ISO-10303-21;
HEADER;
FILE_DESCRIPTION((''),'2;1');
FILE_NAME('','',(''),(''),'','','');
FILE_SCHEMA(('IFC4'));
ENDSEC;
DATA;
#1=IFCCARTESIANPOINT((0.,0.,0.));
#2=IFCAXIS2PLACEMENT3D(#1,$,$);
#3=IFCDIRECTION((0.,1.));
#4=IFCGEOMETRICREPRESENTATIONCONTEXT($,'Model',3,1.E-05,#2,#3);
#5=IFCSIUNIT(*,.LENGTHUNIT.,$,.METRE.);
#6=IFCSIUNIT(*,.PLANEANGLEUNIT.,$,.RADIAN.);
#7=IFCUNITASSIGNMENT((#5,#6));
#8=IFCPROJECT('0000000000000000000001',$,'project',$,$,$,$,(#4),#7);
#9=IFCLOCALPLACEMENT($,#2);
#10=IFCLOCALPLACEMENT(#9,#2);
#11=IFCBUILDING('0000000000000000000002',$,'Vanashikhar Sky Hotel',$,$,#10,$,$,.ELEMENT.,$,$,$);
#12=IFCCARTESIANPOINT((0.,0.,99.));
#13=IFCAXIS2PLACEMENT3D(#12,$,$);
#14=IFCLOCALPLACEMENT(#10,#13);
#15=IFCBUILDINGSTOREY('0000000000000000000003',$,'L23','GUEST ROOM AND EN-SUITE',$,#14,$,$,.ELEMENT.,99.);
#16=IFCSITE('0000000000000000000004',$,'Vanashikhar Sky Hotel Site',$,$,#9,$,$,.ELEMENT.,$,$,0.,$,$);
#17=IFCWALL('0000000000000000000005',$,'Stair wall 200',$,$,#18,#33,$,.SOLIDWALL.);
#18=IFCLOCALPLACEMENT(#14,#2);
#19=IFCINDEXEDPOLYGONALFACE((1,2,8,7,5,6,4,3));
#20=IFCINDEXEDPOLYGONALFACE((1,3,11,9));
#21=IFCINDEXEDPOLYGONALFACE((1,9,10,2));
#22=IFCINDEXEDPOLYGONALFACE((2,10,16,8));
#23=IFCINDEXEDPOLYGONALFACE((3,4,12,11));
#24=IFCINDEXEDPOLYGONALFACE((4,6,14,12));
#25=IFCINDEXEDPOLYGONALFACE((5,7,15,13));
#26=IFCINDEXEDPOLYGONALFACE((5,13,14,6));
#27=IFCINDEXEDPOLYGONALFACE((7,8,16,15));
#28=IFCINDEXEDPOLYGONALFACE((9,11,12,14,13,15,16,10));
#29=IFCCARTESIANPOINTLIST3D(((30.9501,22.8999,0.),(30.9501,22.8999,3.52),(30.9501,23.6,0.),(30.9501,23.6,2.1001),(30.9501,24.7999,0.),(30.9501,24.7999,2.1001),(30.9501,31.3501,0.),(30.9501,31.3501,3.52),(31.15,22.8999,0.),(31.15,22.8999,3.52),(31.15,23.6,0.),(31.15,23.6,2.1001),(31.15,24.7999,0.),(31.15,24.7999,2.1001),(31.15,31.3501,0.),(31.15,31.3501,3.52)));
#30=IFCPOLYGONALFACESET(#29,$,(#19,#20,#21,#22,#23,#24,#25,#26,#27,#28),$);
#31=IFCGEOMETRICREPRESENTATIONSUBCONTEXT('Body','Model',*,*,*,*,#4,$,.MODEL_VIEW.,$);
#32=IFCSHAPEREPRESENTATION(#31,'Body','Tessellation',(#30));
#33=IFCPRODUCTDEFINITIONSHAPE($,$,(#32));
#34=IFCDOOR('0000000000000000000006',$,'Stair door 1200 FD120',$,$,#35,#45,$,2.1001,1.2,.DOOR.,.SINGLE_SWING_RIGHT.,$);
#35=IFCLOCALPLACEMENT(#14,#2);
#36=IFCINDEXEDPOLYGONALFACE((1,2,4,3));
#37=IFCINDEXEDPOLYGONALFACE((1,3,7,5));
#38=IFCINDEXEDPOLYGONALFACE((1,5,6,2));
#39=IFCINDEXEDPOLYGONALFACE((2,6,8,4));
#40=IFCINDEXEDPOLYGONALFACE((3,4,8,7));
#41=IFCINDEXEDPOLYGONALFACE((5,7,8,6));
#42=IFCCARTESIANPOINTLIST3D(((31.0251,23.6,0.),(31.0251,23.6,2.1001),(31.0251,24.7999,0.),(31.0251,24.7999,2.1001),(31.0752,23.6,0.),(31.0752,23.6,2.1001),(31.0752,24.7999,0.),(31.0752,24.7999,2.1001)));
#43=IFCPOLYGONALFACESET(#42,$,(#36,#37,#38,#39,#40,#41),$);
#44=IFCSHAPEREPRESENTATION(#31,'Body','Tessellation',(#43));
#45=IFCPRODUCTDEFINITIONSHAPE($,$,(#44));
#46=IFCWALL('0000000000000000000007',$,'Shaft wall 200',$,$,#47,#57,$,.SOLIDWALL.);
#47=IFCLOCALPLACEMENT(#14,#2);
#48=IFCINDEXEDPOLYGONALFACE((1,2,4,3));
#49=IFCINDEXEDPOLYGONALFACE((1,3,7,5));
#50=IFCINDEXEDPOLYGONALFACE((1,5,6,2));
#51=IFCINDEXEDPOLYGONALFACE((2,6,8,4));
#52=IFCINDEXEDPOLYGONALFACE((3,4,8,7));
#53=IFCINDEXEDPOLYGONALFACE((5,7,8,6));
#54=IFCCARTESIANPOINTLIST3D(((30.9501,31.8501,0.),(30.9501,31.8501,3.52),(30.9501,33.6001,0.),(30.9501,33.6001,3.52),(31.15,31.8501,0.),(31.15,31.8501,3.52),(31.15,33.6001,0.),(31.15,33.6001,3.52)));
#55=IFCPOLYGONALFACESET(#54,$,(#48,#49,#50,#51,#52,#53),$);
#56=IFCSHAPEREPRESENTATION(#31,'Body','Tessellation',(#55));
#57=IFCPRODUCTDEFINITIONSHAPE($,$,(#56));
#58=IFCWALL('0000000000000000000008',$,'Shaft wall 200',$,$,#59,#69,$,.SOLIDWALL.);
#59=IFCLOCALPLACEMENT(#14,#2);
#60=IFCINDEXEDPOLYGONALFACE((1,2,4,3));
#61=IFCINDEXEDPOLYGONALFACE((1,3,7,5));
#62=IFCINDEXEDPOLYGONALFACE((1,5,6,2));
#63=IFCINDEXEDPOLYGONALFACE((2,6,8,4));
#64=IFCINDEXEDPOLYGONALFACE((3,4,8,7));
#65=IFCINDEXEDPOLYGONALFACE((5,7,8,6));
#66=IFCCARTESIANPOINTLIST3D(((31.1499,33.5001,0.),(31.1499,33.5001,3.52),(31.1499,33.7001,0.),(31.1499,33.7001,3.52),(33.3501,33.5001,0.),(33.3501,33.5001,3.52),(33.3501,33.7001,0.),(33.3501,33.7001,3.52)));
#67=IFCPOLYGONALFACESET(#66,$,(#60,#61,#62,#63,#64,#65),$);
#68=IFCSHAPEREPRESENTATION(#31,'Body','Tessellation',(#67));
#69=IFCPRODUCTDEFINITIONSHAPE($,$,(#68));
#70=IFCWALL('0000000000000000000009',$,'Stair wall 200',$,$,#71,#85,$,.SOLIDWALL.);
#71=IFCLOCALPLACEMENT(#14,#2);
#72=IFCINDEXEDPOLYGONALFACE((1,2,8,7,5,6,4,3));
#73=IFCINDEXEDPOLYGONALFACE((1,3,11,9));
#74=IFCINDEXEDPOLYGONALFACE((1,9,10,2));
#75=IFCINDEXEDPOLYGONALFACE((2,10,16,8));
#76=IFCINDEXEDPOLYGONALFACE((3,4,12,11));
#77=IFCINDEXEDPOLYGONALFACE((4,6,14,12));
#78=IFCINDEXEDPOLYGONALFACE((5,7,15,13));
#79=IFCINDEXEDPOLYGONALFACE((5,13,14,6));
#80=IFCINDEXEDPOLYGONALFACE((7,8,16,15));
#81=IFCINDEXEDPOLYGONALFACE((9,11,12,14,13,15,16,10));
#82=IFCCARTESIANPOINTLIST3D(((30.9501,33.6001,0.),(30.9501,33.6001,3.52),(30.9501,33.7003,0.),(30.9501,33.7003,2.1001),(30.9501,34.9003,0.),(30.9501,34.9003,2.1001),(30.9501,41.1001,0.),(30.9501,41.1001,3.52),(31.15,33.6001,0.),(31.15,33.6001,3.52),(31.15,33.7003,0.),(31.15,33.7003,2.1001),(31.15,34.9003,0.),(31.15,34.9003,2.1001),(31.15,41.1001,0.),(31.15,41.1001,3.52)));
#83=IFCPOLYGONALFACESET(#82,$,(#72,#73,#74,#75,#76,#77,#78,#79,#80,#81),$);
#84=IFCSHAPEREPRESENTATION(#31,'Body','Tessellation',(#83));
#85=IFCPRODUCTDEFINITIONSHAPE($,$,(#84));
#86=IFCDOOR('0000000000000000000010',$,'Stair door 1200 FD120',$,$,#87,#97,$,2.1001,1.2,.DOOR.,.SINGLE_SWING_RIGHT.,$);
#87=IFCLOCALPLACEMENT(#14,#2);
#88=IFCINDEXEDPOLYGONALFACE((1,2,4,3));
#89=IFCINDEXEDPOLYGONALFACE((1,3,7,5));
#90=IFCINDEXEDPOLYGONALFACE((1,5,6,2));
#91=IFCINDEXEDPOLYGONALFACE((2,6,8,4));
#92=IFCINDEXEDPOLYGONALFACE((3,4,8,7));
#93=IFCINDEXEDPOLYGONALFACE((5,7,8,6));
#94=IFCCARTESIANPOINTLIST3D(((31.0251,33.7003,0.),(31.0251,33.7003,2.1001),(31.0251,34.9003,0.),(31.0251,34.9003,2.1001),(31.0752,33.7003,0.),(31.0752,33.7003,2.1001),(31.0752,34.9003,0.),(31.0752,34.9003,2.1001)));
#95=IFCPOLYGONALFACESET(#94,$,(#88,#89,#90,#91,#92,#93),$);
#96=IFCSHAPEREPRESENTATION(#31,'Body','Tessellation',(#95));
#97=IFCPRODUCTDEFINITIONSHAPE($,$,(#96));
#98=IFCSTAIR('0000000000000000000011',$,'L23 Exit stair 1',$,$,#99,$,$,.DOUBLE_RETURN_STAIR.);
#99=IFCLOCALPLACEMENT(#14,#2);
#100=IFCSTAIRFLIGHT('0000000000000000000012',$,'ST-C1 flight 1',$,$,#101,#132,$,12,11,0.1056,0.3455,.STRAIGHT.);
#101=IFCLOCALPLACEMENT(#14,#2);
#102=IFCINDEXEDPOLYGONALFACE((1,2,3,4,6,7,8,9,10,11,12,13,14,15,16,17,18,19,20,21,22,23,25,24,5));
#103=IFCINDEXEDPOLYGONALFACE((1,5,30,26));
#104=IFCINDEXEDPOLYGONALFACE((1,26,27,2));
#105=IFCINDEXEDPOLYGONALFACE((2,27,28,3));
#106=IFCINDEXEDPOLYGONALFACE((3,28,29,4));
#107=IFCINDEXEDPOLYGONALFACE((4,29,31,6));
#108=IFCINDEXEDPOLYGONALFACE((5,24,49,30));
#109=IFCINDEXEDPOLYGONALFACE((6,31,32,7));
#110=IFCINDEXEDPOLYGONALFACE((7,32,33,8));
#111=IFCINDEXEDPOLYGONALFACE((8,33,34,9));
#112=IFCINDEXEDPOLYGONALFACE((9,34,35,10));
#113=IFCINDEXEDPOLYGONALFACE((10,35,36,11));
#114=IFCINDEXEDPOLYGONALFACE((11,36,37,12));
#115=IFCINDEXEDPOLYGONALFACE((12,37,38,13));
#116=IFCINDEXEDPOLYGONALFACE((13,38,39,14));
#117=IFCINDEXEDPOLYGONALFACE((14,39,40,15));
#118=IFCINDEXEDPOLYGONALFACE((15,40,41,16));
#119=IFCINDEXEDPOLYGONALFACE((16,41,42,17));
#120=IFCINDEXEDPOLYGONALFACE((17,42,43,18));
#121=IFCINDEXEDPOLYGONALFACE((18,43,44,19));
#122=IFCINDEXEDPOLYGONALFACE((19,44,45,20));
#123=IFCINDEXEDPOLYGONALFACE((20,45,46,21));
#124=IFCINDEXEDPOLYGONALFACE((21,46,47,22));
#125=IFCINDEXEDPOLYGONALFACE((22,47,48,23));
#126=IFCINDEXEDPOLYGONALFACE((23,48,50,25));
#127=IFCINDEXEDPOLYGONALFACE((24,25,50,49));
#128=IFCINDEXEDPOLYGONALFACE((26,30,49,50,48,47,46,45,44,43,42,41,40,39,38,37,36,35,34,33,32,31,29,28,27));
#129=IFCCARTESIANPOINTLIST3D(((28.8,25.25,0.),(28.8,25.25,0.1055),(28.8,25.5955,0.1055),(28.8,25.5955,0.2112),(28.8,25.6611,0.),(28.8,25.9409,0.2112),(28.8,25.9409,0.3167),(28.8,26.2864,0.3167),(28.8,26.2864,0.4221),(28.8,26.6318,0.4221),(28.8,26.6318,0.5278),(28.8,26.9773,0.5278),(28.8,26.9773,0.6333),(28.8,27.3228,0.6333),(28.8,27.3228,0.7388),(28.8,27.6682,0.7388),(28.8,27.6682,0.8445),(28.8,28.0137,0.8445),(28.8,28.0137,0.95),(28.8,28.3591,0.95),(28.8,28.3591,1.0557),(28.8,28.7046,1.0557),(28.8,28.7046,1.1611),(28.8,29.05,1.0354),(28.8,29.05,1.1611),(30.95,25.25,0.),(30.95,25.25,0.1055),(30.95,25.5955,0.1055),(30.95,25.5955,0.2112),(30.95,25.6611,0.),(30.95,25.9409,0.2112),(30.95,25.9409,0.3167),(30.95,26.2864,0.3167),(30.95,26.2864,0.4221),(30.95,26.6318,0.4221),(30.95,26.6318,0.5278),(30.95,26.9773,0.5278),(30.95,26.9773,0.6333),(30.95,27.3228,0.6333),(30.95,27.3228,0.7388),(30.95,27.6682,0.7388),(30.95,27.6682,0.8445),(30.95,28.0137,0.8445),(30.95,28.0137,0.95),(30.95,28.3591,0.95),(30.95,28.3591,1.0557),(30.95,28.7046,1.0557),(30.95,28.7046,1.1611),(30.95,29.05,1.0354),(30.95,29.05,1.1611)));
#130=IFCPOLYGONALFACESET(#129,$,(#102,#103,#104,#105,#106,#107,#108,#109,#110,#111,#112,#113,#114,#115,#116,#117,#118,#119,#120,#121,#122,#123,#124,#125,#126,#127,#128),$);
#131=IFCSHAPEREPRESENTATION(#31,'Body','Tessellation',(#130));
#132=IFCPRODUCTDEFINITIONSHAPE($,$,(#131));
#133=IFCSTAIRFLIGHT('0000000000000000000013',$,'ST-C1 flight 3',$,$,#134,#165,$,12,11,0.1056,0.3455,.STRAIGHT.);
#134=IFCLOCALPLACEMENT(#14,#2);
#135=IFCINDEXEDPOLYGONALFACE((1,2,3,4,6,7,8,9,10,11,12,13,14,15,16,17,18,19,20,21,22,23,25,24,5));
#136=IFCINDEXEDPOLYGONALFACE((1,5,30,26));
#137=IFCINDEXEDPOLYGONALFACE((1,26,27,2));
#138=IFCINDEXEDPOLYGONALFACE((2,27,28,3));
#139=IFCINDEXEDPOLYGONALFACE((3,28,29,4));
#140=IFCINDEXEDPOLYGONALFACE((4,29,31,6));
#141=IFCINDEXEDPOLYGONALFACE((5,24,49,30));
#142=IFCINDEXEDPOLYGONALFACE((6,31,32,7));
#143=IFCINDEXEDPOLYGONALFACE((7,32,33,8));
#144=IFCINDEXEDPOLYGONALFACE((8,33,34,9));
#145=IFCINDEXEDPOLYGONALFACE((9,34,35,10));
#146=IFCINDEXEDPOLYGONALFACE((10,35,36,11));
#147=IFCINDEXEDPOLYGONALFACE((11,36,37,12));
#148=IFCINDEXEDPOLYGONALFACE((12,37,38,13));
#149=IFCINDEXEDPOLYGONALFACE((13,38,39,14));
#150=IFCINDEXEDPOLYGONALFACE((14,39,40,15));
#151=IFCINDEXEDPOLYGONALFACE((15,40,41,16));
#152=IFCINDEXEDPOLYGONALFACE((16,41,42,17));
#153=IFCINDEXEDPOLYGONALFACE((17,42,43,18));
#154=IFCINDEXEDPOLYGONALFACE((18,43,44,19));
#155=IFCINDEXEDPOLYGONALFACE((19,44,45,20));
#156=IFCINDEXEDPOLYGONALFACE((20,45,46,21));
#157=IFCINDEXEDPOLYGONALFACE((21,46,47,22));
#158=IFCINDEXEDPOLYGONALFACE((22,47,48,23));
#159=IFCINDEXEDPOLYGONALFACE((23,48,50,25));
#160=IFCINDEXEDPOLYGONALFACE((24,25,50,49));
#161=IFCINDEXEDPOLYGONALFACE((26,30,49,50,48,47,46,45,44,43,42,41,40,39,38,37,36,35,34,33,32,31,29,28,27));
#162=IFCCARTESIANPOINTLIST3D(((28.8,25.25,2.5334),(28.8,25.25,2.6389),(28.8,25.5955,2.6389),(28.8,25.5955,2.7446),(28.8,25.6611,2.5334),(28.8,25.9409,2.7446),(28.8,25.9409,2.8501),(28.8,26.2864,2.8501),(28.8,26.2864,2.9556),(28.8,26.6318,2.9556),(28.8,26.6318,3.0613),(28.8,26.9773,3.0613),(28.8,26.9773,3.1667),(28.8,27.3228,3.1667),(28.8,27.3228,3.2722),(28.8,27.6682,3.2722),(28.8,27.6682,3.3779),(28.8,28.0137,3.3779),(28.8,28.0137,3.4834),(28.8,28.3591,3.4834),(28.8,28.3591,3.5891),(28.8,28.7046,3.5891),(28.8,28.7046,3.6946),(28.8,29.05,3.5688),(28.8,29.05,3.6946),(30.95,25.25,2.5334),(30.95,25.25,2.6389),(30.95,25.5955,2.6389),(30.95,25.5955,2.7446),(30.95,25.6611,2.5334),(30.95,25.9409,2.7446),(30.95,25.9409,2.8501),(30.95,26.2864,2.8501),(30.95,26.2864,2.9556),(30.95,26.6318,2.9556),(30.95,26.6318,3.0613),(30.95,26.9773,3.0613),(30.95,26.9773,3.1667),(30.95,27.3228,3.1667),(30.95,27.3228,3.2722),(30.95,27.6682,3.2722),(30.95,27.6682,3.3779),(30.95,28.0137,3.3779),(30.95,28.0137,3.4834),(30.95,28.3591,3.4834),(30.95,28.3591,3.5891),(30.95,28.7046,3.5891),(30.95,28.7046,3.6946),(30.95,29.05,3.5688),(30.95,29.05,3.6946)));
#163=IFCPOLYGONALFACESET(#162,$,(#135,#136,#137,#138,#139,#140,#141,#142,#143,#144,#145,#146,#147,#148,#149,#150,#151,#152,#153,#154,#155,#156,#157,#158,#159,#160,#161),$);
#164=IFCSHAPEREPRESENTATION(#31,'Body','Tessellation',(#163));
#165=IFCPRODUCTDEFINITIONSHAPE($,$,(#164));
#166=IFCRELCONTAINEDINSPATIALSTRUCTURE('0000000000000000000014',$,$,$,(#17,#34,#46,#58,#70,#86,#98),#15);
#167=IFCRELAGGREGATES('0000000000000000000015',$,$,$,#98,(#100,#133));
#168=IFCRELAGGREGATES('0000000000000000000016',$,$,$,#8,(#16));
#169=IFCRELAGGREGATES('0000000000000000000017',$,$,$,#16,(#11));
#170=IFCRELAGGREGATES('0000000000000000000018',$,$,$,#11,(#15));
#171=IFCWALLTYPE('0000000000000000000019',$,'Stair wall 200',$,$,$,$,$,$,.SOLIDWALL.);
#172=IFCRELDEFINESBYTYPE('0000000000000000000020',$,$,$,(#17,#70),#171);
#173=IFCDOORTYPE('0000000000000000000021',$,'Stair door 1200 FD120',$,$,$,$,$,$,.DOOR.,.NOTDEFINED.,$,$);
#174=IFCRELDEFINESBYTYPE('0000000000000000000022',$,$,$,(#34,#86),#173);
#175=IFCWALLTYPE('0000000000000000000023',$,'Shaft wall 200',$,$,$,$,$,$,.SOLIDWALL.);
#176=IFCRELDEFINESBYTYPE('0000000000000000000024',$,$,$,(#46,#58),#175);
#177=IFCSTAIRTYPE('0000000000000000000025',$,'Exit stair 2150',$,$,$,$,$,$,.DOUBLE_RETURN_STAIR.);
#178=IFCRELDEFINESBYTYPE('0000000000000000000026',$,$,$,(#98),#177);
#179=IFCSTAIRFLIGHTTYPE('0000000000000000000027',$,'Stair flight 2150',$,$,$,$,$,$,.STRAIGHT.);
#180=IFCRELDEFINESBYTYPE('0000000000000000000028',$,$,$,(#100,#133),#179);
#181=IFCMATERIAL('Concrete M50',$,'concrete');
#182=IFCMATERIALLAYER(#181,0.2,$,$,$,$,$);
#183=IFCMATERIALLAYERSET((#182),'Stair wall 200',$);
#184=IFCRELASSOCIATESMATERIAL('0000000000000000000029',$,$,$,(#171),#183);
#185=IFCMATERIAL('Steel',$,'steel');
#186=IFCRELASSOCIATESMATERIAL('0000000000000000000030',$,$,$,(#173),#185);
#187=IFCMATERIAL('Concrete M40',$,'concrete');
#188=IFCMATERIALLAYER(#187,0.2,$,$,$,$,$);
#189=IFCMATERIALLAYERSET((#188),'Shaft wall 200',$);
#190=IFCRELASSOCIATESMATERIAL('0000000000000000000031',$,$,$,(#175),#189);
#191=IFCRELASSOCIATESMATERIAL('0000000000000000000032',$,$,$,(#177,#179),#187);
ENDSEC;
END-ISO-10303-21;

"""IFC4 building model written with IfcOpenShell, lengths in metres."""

from ifc_helpers import new_model, si_unit, direction, frame, frame_2d, origin, place, context, subcontext, project, spatial, polyline, rectangle, outline, extrude, source, transform, mapped, material, layer, layer_set, type_object, element, fill, aggregate, save


model = new_model("IFC4")

# Units and contexts
model_context = context("Model", 3, precision=1e-05, world=origin(), true_north=direction((0.0, 1.0)))
body_context = subcontext(model_context, "Body", "Model", "MODEL_VIEW")
ifc_project = project(units=[si_unit("LENGTHUNIT", "METRE"), si_unit("PLANEANGLEUNIT", "RADIAN")], contexts=[model_context])

# Site, building, storey
site_placement = place(None, origin())
site = spatial("IfcSite", under=ifc_project, at=site_placement, Name="Vanashikhar Sky Hotel Site", CompositionType="ELEMENT", RefElevation=0.0)
building_placement = place(site_placement, origin())
building = spatial("IfcBuilding", under=site, at=building_placement, Name="Vanashikhar Sky Hotel", CompositionType="ELEMENT")
storey_placement = place(building_placement, frame((0.0, 0.0, 99.0)))
storey = spatial("IfcBuildingStorey", under=building, at=storey_placement, Name="L23", Description="GUEST ROOM AND EN-SUITE", CompositionType="ELEMENT", Elevation=99.0)

# Wall, opening, door
ifc_material_1 = material(Name="Concrete M50", Category="concrete")
ifc_layer_1 = layer(ifc_material_1, 0.2)
ifc_layer_set_1 = layer_set([ifc_layer_1], Name="Stair wall 200")
wall_type_1 = type_object("IfcWallType", Name="Stair wall 200", PredefinedType="SOLIDWALL", material=ifc_layer_set_1)
shared_shape_1 = source(origin(), body_context, "Body", "SweptSolid", [
    extrude(rectangle(XDim=8.4502, YDim=0.2, at=frame_2d((4.2251, 0.0))), origin(), (0.0, 0.0, 1.0), 3.52),
])
wall_1_placement = place(storey_placement, frame((31.05, 22.8999, 0.0), z_axis=(0.0, 0.0, 1.0), x_axis=(0.0, 1.0, 0.0)))
wall_1 = element("IfcWall", 1, at=wall_1_placement, inside=storey, type_object=wall_type_1, Name="Stair wall 200", PredefinedType="SOLIDWALL", context=body_context, shape_type="MappedRepresentation", body=[
    mapped(shared_shape_1, transform((0.0, 0.0, 0.0), scale=1.0)),
])
shared_shape_2 = source(origin(), body_context, "Body", "SweptSolid", [
    extrude(rectangle(XDim=1.2, YDim=2.1001, at=frame_2d((0.6001, 1.05))), frame((0.0, 0.1099, 0.0), z_axis=(0.0, -1.0, 0.0), x_axis=(1.0, 0.0, 0.0)), (0.0, 0.0, 1.0), 0.22),
])
opening_1_placement = place(wall_1_placement, frame((0.7, 0.0, 0.0)))
opening_1 = element("IfcOpeningElement", 2, at=opening_1_placement, cuts=wall_1, PredefinedType="OPENING", context=body_context, shape_type="MappedRepresentation", body=[
    mapped(shared_shape_2, transform((0.0, 0.0, 0.0), scale=1.0)),
])
ifc_material_2 = material(Name="Steel", Category="steel")
door_type = type_object("IfcDoorType", Name="Stair door 1200 FD120", OperationType="NOTDEFINED", PredefinedType="DOOR", material=ifc_material_2)
shared_shape_3 = source(origin(), body_context, "Body", "SweptSolid", [
    extrude(rectangle(XDim=1.2, YDim=2.1001, at=frame_2d((0.6001, 1.05))), frame((0.0, 0.0249, 0.0), z_axis=(0.0, -1.0, 0.0), x_axis=(1.0, 0.0, 0.0)), (0.0, 0.0, 1.0), 0.05),
])
door_1_placement = place(opening_1_placement, origin())
door_1 = element("IfcDoor", 3, at=door_1_placement, inside=storey, type_object=door_type, Name="Stair door 1200 FD120", OperationType="SINGLE_SWING_RIGHT", OverallHeight=2.1001, OverallWidth=1.2, PredefinedType="DOOR", context=body_context, shape_type="MappedRepresentation", body=[
    mapped(shared_shape_3, transform((0.0, 0.0, 0.0), scale=1.0)),
])
fill(opening_1, door_1)

# Walls
ifc_material_3 = material(Name="Concrete M40", Category="concrete")
ifc_layer_2 = layer(ifc_material_3, 0.2)
ifc_layer_set_2 = layer_set([ifc_layer_2], Name="Shaft wall 200")
wall_type_2 = type_object("IfcWallType", Name="Shaft wall 200", PredefinedType="SOLIDWALL", material=ifc_layer_set_2)
shared_shape_4 = source(origin(), body_context, "Body", "SweptSolid", [
    extrude(rectangle(XDim=1.75, YDim=0.2, at=frame_2d((0.875, 0.0))), origin(), (0.0, 0.0, 1.0), 3.52),
])
wall_2_placement = place(storey_placement, frame((31.05, 31.8501, 0.0), z_axis=(0.0, 0.0, 1.0), x_axis=(0.0, 1.0, 0.0)))
element("IfcWall", 4, at=wall_2_placement, inside=storey, type_object=wall_type_2, Name="Shaft wall 200", PredefinedType="SOLIDWALL", context=body_context, shape_type="MappedRepresentation", body=[
    mapped(shared_shape_4, transform((0.0, 0.0, 0.0), scale=1.0)),
])
shared_shape_5 = source(origin(), body_context, "Body", "SweptSolid", [
    extrude(rectangle(XDim=2.2002, YDim=0.2, at=frame_2d((1.1001, 0.0))), origin(), (0.0, 0.0, 1.0), 3.52),
])
wall_3_placement = place(storey_placement, frame((31.1499, 33.6001, 0.0), z_axis=(0.0, 0.0, 1.0), x_axis=(1.0, 0.0, 0.0)))
element("IfcWall", 5, at=wall_3_placement, inside=storey, type_object=wall_type_2, Name="Shaft wall 200", PredefinedType="SOLIDWALL", context=body_context, shape_type="MappedRepresentation", body=[
    mapped(shared_shape_5, transform((0.0, 0.0, 0.0), scale=1.0)),
])

# Wall, opening, door
shared_shape_6 = source(origin(), body_context, "Body", "SweptSolid", [
    extrude(rectangle(XDim=7.5, YDim=0.2, at=frame_2d((3.75, 0.0))), origin(), (0.0, 0.0, 1.0), 3.52),
])
wall_4_placement = place(storey_placement, frame((31.05, 33.6001, 0.0), z_axis=(0.0, 0.0, 1.0), x_axis=(0.0, 1.0, 0.0)))
wall_4 = element("IfcWall", 6, at=wall_4_placement, inside=storey, type_object=wall_type_1, Name="Stair wall 200", PredefinedType="SOLIDWALL", context=body_context, shape_type="MappedRepresentation", body=[
    mapped(shared_shape_6, transform((0.0, 0.0, 0.0), scale=1.0)),
])
opening_2_placement = place(wall_4_placement, frame((0.1001, 0.0, 0.0)))
opening_2 = element("IfcOpeningElement", 7, at=opening_2_placement, cuts=wall_4, PredefinedType="OPENING", context=body_context, shape_type="MappedRepresentation", body=[
    mapped(shared_shape_2, transform((0.0, 0.0, 0.0), scale=1.0)),
])
door_2_placement = place(opening_2_placement, origin())
door_2 = element("IfcDoor", 8, at=door_2_placement, inside=storey, type_object=door_type, Name="Stair door 1200 FD120", OperationType="SINGLE_SWING_RIGHT", OverallHeight=2.1001, OverallWidth=1.2, PredefinedType="DOOR", context=body_context, shape_type="MappedRepresentation", body=[
    mapped(shared_shape_3, transform((0.0, 0.0, 0.0), scale=1.0)),
])
fill(opening_2, door_2)

# Stair, stair flights
stair_type = type_object("IfcStairType", Name="Exit stair 2150", PredefinedType="DOUBLE_RETURN_STAIR", material=ifc_material_3)
stair_1_placement = place(storey_placement, origin())
stair_1 = element("IfcStair", 9, at=stair_1_placement, inside=storey, type_object=stair_type, Name="L23 Exit stair 1", PredefinedType="DOUBLE_RETURN_STAIR")
stair_flight_type = type_object("IfcStairFlightType", Name="Stair flight 2150", PredefinedType="STRAIGHT", material=ifc_material_3)
shared_shape_7 = source(origin(), body_context, "Body", "SweptSolid", [
    extrude(outline(polyline([(0.0, 0.0), (0.0, 0.1055), (0.3455, 0.1055), (0.3455, 0.2112), (0.6909, 0.2112), (0.6909, 0.3167), (1.0364, 0.3167), (1.0364, 0.4221), (1.3818, 0.4221), (1.3818, 0.5278), (1.7273, 0.5278), (1.7273, 0.6333), (2.0728, 0.6333), (2.0728, 0.7388), (2.4182, 0.7388), (2.4182, 0.8445), (2.7637, 0.8445), (2.7637, 0.95), (3.1091, 0.95), (3.1091, 1.0557), (3.4546, 1.0557), (3.4546, 1.1611), (3.8, 1.1611), (3.8, 1.2666), (3.8, 1.0354), (0.4111, 0.0), (0.0, 0.0)])), frame((0.0, 1.075, 0.0), z_axis=(0.0, -1.0, 0.0), x_axis=(1.0, 0.0, 0.0)), (0.0, 0.0, 1.0), 2.1499),
])
stair_flight_1_placement = place(storey_placement, frame((29.875, 25.25, 0.0), z_axis=(0.0, 0.0, 1.0), x_axis=(0.0, 1.0, 0.0)))
stair_flight_1 = element("IfcStairFlight", 10, at=stair_flight_1_placement, type_object=stair_flight_type, Name="ST-C1 flight 1", NumberOfRisers=12, NumberOfTreads=11, PredefinedType="STRAIGHT", RiserHeight=0.1056, TreadLength=0.3455, context=body_context, shape_type="MappedRepresentation", body=[
    mapped(shared_shape_7, transform((0.0, 0.0, 0.0), scale=1.0)),
])
stair_flight_2_placement = place(storey_placement, frame((29.875, 25.25, 2.5334), z_axis=(0.0, 0.0, 1.0), x_axis=(0.0, 1.0, 0.0)))
stair_flight_2 = element("IfcStairFlight", 11, at=stair_flight_2_placement, type_object=stair_flight_type, Name="ST-C1 flight 3", NumberOfRisers=12, NumberOfTreads=11, PredefinedType="STRAIGHT", RiserHeight=0.1056, TreadLength=0.3455, context=body_context, shape_type="MappedRepresentation", body=[
    mapped(shared_shape_7, transform((0.0, 0.0, 0.0), scale=1.0)),
])
aggregate(stair_1, [stair_flight_1, stair_flight_2])

save(model, "model.ifc")
